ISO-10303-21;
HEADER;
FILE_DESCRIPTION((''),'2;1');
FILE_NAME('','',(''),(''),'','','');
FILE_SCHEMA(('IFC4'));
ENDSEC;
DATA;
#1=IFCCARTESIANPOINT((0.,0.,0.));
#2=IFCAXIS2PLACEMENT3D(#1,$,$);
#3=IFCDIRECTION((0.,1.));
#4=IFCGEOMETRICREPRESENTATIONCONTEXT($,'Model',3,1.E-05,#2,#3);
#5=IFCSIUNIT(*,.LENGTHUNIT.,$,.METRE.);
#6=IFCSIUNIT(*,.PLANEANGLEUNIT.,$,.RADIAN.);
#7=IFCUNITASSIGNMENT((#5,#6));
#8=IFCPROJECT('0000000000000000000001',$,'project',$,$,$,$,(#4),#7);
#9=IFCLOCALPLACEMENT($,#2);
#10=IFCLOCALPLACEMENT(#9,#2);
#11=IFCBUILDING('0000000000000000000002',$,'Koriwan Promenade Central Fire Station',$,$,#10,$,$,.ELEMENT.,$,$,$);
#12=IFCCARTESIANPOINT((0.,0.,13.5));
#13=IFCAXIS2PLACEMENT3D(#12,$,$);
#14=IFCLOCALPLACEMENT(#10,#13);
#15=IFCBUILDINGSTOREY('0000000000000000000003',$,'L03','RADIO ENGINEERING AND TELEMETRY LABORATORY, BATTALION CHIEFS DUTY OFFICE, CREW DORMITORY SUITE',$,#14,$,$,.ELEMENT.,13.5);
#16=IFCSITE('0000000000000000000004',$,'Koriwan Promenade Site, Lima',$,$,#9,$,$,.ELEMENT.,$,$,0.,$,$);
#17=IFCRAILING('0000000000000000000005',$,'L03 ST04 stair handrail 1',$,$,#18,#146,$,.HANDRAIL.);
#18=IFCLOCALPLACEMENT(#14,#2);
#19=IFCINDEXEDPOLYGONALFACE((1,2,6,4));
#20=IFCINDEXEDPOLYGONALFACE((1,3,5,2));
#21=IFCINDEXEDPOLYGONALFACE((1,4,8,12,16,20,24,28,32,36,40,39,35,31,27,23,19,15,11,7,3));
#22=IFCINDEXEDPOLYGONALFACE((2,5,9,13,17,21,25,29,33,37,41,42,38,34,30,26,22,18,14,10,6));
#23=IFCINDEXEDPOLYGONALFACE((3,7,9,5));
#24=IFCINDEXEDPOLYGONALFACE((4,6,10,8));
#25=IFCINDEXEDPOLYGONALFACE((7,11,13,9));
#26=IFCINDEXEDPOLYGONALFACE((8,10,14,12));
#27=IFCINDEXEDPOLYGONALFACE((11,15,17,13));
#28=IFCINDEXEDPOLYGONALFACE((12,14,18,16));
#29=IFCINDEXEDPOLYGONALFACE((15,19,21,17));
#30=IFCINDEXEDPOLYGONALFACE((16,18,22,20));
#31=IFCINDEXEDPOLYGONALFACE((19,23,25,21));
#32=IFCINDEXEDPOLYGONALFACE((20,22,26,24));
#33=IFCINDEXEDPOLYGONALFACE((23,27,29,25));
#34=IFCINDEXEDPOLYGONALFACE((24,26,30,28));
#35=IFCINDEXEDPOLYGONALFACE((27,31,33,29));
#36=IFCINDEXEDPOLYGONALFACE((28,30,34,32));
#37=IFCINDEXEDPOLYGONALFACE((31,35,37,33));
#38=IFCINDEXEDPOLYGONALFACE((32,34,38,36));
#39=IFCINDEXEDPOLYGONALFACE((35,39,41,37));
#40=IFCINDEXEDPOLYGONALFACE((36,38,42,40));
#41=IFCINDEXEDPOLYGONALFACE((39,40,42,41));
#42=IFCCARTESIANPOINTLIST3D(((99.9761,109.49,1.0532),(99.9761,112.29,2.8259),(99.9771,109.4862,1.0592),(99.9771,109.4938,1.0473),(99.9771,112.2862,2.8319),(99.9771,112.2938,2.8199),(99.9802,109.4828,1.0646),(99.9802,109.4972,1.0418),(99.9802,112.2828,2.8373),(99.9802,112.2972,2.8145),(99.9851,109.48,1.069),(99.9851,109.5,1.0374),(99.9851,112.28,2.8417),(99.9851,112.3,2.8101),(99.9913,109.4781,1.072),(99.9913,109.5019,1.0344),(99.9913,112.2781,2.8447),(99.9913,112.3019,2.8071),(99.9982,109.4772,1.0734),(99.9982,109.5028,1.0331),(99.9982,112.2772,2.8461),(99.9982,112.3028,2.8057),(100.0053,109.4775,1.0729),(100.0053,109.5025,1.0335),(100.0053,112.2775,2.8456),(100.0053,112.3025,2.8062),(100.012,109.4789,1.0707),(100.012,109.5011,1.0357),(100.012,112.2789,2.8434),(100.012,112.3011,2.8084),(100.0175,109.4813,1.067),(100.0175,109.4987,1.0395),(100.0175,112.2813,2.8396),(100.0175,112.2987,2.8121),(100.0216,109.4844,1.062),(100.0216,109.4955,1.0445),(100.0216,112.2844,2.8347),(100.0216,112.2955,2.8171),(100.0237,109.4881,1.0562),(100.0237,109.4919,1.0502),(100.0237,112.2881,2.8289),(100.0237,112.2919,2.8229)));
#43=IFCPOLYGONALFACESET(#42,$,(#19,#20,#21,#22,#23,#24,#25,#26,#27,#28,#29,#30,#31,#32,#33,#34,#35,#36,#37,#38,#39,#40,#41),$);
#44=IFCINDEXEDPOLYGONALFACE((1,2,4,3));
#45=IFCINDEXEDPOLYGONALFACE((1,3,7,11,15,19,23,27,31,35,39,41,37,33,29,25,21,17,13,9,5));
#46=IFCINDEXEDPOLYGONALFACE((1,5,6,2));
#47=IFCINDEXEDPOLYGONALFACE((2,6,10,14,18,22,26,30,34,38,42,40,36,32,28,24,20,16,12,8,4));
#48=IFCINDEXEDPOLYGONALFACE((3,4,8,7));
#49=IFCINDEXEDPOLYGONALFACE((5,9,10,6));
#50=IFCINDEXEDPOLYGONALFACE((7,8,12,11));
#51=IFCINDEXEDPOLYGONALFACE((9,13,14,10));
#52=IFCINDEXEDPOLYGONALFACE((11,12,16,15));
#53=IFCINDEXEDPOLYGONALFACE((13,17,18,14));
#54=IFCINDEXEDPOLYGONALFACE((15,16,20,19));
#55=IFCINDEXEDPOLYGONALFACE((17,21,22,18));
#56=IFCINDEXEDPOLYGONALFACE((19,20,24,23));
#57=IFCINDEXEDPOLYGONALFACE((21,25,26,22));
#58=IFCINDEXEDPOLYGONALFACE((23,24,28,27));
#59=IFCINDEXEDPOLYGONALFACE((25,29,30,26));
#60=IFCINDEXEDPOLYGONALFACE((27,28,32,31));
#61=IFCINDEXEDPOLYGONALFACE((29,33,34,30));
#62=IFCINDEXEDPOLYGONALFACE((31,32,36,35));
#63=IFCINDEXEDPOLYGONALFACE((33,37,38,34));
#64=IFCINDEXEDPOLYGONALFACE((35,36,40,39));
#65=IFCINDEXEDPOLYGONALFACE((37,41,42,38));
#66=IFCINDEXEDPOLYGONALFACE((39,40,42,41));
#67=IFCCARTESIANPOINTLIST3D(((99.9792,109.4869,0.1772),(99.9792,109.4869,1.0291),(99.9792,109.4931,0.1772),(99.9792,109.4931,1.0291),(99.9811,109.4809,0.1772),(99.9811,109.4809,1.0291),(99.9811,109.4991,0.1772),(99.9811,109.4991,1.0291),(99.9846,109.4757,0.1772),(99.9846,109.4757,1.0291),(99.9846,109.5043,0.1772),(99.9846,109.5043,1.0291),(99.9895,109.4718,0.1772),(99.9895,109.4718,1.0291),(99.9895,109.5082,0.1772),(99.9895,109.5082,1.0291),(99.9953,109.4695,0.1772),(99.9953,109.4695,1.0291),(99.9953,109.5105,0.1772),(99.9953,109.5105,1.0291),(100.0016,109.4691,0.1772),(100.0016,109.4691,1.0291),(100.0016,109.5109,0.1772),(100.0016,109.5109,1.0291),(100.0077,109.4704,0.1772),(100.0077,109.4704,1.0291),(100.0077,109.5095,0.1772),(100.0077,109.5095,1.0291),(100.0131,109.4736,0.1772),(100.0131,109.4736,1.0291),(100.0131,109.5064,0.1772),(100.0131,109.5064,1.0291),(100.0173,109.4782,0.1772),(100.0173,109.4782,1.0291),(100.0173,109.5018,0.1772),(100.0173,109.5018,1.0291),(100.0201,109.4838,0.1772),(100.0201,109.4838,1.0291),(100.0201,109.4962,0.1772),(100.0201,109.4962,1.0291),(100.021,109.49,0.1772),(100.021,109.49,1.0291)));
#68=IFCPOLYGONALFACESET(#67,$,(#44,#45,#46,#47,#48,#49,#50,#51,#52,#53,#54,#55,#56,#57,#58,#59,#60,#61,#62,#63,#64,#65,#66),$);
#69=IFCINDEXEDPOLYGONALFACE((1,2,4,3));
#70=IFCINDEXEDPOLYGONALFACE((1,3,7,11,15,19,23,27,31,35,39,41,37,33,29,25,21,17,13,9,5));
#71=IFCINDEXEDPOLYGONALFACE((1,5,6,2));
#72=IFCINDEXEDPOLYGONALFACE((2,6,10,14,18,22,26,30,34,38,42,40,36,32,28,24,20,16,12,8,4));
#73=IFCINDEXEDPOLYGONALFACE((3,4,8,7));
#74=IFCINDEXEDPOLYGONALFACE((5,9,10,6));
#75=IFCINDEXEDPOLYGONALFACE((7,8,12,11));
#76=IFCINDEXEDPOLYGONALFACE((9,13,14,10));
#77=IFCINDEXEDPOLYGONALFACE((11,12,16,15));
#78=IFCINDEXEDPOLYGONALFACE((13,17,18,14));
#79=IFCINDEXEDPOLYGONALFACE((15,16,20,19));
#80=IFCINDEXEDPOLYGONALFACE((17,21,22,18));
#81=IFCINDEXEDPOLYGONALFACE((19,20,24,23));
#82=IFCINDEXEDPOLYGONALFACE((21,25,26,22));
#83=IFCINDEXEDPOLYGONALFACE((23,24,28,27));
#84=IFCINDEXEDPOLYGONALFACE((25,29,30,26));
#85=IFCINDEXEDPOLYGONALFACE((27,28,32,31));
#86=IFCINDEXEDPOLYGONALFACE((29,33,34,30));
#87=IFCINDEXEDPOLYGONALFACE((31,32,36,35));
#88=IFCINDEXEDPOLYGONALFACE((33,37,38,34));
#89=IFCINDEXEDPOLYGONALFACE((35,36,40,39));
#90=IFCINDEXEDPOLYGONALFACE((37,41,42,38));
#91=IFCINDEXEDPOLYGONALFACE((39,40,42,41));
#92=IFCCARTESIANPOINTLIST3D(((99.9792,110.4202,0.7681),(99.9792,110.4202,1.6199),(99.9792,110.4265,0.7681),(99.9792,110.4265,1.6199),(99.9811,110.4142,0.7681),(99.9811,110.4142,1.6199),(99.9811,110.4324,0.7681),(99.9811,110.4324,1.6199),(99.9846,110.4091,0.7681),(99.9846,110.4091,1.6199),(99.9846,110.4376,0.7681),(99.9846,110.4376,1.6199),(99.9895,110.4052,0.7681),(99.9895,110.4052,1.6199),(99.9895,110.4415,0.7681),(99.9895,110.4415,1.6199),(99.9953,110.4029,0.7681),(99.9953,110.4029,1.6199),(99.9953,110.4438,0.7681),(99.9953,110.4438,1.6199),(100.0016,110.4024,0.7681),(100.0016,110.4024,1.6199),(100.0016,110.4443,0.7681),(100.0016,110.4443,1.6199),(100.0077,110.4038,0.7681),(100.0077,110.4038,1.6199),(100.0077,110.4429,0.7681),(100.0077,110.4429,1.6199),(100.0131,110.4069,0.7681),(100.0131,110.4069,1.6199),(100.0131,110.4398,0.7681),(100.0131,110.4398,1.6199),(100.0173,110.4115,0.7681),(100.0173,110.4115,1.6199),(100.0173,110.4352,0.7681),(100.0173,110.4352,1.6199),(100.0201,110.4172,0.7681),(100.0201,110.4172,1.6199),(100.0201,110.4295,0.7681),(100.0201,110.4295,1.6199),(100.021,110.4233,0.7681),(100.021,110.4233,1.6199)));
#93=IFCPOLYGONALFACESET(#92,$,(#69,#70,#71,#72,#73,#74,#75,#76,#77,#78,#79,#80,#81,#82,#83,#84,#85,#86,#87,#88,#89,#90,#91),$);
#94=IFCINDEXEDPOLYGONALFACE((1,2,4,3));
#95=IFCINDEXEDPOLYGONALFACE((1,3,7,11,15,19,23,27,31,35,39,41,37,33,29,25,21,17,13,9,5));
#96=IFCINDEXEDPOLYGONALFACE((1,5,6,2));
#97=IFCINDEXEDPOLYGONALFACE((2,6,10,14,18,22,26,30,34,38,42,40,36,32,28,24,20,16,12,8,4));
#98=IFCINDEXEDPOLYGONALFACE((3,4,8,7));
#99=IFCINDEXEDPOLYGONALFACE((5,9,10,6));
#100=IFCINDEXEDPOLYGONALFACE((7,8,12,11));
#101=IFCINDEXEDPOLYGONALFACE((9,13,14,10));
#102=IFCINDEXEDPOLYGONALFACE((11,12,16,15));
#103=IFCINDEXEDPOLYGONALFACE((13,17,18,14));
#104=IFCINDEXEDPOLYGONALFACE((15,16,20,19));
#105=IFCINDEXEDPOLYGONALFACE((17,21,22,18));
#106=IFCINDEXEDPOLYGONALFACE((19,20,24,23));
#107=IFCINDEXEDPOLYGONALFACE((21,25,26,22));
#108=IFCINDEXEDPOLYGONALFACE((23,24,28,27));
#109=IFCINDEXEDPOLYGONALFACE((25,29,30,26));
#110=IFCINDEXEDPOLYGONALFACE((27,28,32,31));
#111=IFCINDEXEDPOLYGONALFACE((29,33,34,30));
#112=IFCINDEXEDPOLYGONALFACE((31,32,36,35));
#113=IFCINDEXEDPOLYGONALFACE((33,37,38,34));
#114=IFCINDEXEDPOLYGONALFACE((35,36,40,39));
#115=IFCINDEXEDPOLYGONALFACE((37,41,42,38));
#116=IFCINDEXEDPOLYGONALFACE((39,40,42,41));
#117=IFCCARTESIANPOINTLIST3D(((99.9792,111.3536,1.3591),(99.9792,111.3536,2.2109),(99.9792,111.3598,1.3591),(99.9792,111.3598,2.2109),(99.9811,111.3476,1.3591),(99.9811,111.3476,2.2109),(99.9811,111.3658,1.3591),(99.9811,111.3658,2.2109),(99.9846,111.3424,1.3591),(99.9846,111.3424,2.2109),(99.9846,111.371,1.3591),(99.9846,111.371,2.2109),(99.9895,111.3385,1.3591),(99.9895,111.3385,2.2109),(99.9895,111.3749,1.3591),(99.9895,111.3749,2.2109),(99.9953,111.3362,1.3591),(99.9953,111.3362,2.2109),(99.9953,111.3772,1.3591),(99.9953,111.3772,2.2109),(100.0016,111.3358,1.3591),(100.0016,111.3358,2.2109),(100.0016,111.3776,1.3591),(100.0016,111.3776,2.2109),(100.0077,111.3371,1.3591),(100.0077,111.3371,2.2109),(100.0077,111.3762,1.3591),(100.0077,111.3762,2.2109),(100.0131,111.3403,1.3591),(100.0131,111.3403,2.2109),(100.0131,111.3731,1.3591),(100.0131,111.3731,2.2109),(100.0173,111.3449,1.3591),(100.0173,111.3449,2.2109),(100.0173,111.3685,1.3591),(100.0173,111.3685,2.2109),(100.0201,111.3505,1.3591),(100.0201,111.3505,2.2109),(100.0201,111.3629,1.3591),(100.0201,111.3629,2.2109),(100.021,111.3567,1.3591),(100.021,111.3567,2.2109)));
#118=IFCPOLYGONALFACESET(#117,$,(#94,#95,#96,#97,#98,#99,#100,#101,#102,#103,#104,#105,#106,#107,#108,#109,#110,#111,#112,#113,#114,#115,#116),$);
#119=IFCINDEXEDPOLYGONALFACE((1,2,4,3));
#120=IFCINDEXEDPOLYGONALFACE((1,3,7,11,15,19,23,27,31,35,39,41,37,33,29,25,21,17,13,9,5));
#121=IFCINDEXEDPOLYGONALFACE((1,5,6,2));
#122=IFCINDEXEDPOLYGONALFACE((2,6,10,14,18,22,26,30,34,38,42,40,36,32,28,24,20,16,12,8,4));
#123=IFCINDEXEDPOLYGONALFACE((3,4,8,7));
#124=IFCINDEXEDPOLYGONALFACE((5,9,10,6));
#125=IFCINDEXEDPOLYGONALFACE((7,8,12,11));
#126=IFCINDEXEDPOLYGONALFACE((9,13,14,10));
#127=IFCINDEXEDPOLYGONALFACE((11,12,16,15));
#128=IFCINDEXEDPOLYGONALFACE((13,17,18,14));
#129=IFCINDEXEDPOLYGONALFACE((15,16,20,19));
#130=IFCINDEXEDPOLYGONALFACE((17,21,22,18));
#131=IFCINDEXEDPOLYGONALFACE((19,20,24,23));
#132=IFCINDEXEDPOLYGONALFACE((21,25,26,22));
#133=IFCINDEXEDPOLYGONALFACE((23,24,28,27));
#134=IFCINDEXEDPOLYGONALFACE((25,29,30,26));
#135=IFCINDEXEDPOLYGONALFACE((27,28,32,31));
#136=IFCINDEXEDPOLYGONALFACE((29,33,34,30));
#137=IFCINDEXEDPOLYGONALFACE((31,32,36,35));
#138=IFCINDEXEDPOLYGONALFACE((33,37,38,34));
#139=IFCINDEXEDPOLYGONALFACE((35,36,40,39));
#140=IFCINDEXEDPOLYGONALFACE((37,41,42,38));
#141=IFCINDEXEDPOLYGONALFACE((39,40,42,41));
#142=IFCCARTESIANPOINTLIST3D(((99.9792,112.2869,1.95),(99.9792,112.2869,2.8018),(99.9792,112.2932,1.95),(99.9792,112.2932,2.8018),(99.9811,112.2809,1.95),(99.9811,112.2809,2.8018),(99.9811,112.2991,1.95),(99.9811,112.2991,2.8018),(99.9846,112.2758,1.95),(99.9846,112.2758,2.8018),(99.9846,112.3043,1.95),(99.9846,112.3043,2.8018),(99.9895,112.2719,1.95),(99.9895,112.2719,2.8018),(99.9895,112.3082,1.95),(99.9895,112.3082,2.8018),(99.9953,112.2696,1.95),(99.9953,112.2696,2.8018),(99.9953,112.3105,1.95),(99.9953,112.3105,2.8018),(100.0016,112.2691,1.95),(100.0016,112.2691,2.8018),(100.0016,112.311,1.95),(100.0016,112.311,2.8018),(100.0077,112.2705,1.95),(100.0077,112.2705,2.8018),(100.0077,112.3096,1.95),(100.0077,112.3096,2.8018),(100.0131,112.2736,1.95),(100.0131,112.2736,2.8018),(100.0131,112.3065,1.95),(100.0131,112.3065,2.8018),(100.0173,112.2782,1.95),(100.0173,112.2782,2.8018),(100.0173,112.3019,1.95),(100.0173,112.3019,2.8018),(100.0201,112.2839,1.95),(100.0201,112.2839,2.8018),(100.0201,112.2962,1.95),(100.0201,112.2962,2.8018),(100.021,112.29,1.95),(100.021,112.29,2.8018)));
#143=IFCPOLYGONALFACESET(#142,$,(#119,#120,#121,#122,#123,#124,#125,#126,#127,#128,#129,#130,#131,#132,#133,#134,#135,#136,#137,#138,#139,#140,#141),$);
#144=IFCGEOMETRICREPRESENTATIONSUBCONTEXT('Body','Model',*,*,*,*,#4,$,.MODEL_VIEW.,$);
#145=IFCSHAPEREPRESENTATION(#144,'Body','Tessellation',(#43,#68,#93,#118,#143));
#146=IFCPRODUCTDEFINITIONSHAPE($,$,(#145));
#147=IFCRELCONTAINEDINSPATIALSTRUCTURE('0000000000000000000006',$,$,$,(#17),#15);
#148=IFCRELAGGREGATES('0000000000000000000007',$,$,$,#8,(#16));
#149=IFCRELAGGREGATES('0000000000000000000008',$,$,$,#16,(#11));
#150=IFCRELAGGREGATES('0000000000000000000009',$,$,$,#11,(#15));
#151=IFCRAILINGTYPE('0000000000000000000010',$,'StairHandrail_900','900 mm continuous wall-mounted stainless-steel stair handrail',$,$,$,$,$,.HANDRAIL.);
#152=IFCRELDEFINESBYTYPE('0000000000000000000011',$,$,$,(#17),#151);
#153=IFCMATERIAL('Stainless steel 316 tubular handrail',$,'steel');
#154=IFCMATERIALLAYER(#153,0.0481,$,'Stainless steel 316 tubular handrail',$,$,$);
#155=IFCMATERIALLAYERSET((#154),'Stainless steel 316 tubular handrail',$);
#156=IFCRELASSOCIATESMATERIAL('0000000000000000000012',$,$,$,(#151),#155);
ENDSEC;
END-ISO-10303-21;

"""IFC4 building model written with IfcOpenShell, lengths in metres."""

from ifc_helpers import new_model, si_unit, direction, frame, origin, origin_2d, place, context, subcontext, project, spatial, circle, extrude, material, layer, layer_set, type_object, element, save


model = new_model("IFC4")

# Units and contexts
model_context = context("Model", 3, precision=1e-05, world=origin(), true_north=direction((0.0, 1.0)))
body_context = subcontext(model_context, "Body", "Model", "MODEL_VIEW")
ifc_project = project(units=[si_unit("LENGTHUNIT", "METRE"), si_unit("PLANEANGLEUNIT", "RADIAN")], contexts=[model_context])

# Site, building, storey
site_placement = place(None, origin())
site = spatial("IfcSite", under=ifc_project, at=site_placement, Name="Koriwan Promenade Site, Lima", CompositionType="ELEMENT", RefElevation=0.0)
building_placement = place(site_placement, origin())
building = spatial("IfcBuilding", under=site, at=building_placement, Name="Koriwan Promenade Central Fire Station", CompositionType="ELEMENT")
storey_placement = place(building_placement, frame((0.0, 0.0, 13.5)))
storey = spatial("IfcBuildingStorey", under=building, at=storey_placement, Name="L03", Description="RADIO ENGINEERING AND TELEMETRY LABORATORY, BATTALION CHIEFS DUTY OFFICE, CREW DORMITORY SUITE", CompositionType="ELEMENT", Elevation=13.5)

# Railing
ifc_material_1 = material(Name="Stainless steel 316 tubular handrail", Category="steel")
ifc_layer_1 = layer(ifc_material_1, 0.0481, Name="Stainless steel 316 tubular handrail")
ifc_layer_set_1 = layer_set([ifc_layer_1], Name="Stainless steel 316 tubular handrail")
railing_type_1 = type_object("IfcRailingType", Name="StairHandrail_900", Description="900 mm continuous wall-mounted stainless-steel stair handrail", PredefinedType="HANDRAIL", material=ifc_layer_set_1)
railing_1_placement = place(storey_placement, frame((100.0, 109.49, 0.1772)))
element("IfcRailing", 1, at=railing_1_placement, inside=storey, type_object=railing_type_1, Name="L03 ST04 stair handrail 1", PredefinedType="HANDRAIL", context=body_context, shape_type="SweptSolid", body=[
    extrude(circle(Radius=0.0239, at=origin_2d()), frame((0.0, 0.0, 0.876), z_axis=(0.0, 0.844909, 0.53491), x_axis=(-1.0, 0.0, 0.0)), (0.0, 0.0, 1.0), 3.314),
    extrude(circle(Radius=0.021, at=origin_2d()), origin(), (0.0, 0.0, 1.0), 0.8518),
    extrude(circle(Radius=0.021, at=origin_2d()), frame((0.0, 0.9333, 0.5908)), (0.0, 0.0, 1.0), 0.8518),
    extrude(circle(Radius=0.021, at=origin_2d()), frame((0.0, 1.8667, 1.1819)), (0.0, 0.0, 1.0), 0.8518),
    extrude(circle(Radius=0.021, at=origin_2d()), frame((0.0, 2.8, 1.7727)), (0.0, 0.0, 1.0), 0.8518),
])

save(model, "model.ifc")
